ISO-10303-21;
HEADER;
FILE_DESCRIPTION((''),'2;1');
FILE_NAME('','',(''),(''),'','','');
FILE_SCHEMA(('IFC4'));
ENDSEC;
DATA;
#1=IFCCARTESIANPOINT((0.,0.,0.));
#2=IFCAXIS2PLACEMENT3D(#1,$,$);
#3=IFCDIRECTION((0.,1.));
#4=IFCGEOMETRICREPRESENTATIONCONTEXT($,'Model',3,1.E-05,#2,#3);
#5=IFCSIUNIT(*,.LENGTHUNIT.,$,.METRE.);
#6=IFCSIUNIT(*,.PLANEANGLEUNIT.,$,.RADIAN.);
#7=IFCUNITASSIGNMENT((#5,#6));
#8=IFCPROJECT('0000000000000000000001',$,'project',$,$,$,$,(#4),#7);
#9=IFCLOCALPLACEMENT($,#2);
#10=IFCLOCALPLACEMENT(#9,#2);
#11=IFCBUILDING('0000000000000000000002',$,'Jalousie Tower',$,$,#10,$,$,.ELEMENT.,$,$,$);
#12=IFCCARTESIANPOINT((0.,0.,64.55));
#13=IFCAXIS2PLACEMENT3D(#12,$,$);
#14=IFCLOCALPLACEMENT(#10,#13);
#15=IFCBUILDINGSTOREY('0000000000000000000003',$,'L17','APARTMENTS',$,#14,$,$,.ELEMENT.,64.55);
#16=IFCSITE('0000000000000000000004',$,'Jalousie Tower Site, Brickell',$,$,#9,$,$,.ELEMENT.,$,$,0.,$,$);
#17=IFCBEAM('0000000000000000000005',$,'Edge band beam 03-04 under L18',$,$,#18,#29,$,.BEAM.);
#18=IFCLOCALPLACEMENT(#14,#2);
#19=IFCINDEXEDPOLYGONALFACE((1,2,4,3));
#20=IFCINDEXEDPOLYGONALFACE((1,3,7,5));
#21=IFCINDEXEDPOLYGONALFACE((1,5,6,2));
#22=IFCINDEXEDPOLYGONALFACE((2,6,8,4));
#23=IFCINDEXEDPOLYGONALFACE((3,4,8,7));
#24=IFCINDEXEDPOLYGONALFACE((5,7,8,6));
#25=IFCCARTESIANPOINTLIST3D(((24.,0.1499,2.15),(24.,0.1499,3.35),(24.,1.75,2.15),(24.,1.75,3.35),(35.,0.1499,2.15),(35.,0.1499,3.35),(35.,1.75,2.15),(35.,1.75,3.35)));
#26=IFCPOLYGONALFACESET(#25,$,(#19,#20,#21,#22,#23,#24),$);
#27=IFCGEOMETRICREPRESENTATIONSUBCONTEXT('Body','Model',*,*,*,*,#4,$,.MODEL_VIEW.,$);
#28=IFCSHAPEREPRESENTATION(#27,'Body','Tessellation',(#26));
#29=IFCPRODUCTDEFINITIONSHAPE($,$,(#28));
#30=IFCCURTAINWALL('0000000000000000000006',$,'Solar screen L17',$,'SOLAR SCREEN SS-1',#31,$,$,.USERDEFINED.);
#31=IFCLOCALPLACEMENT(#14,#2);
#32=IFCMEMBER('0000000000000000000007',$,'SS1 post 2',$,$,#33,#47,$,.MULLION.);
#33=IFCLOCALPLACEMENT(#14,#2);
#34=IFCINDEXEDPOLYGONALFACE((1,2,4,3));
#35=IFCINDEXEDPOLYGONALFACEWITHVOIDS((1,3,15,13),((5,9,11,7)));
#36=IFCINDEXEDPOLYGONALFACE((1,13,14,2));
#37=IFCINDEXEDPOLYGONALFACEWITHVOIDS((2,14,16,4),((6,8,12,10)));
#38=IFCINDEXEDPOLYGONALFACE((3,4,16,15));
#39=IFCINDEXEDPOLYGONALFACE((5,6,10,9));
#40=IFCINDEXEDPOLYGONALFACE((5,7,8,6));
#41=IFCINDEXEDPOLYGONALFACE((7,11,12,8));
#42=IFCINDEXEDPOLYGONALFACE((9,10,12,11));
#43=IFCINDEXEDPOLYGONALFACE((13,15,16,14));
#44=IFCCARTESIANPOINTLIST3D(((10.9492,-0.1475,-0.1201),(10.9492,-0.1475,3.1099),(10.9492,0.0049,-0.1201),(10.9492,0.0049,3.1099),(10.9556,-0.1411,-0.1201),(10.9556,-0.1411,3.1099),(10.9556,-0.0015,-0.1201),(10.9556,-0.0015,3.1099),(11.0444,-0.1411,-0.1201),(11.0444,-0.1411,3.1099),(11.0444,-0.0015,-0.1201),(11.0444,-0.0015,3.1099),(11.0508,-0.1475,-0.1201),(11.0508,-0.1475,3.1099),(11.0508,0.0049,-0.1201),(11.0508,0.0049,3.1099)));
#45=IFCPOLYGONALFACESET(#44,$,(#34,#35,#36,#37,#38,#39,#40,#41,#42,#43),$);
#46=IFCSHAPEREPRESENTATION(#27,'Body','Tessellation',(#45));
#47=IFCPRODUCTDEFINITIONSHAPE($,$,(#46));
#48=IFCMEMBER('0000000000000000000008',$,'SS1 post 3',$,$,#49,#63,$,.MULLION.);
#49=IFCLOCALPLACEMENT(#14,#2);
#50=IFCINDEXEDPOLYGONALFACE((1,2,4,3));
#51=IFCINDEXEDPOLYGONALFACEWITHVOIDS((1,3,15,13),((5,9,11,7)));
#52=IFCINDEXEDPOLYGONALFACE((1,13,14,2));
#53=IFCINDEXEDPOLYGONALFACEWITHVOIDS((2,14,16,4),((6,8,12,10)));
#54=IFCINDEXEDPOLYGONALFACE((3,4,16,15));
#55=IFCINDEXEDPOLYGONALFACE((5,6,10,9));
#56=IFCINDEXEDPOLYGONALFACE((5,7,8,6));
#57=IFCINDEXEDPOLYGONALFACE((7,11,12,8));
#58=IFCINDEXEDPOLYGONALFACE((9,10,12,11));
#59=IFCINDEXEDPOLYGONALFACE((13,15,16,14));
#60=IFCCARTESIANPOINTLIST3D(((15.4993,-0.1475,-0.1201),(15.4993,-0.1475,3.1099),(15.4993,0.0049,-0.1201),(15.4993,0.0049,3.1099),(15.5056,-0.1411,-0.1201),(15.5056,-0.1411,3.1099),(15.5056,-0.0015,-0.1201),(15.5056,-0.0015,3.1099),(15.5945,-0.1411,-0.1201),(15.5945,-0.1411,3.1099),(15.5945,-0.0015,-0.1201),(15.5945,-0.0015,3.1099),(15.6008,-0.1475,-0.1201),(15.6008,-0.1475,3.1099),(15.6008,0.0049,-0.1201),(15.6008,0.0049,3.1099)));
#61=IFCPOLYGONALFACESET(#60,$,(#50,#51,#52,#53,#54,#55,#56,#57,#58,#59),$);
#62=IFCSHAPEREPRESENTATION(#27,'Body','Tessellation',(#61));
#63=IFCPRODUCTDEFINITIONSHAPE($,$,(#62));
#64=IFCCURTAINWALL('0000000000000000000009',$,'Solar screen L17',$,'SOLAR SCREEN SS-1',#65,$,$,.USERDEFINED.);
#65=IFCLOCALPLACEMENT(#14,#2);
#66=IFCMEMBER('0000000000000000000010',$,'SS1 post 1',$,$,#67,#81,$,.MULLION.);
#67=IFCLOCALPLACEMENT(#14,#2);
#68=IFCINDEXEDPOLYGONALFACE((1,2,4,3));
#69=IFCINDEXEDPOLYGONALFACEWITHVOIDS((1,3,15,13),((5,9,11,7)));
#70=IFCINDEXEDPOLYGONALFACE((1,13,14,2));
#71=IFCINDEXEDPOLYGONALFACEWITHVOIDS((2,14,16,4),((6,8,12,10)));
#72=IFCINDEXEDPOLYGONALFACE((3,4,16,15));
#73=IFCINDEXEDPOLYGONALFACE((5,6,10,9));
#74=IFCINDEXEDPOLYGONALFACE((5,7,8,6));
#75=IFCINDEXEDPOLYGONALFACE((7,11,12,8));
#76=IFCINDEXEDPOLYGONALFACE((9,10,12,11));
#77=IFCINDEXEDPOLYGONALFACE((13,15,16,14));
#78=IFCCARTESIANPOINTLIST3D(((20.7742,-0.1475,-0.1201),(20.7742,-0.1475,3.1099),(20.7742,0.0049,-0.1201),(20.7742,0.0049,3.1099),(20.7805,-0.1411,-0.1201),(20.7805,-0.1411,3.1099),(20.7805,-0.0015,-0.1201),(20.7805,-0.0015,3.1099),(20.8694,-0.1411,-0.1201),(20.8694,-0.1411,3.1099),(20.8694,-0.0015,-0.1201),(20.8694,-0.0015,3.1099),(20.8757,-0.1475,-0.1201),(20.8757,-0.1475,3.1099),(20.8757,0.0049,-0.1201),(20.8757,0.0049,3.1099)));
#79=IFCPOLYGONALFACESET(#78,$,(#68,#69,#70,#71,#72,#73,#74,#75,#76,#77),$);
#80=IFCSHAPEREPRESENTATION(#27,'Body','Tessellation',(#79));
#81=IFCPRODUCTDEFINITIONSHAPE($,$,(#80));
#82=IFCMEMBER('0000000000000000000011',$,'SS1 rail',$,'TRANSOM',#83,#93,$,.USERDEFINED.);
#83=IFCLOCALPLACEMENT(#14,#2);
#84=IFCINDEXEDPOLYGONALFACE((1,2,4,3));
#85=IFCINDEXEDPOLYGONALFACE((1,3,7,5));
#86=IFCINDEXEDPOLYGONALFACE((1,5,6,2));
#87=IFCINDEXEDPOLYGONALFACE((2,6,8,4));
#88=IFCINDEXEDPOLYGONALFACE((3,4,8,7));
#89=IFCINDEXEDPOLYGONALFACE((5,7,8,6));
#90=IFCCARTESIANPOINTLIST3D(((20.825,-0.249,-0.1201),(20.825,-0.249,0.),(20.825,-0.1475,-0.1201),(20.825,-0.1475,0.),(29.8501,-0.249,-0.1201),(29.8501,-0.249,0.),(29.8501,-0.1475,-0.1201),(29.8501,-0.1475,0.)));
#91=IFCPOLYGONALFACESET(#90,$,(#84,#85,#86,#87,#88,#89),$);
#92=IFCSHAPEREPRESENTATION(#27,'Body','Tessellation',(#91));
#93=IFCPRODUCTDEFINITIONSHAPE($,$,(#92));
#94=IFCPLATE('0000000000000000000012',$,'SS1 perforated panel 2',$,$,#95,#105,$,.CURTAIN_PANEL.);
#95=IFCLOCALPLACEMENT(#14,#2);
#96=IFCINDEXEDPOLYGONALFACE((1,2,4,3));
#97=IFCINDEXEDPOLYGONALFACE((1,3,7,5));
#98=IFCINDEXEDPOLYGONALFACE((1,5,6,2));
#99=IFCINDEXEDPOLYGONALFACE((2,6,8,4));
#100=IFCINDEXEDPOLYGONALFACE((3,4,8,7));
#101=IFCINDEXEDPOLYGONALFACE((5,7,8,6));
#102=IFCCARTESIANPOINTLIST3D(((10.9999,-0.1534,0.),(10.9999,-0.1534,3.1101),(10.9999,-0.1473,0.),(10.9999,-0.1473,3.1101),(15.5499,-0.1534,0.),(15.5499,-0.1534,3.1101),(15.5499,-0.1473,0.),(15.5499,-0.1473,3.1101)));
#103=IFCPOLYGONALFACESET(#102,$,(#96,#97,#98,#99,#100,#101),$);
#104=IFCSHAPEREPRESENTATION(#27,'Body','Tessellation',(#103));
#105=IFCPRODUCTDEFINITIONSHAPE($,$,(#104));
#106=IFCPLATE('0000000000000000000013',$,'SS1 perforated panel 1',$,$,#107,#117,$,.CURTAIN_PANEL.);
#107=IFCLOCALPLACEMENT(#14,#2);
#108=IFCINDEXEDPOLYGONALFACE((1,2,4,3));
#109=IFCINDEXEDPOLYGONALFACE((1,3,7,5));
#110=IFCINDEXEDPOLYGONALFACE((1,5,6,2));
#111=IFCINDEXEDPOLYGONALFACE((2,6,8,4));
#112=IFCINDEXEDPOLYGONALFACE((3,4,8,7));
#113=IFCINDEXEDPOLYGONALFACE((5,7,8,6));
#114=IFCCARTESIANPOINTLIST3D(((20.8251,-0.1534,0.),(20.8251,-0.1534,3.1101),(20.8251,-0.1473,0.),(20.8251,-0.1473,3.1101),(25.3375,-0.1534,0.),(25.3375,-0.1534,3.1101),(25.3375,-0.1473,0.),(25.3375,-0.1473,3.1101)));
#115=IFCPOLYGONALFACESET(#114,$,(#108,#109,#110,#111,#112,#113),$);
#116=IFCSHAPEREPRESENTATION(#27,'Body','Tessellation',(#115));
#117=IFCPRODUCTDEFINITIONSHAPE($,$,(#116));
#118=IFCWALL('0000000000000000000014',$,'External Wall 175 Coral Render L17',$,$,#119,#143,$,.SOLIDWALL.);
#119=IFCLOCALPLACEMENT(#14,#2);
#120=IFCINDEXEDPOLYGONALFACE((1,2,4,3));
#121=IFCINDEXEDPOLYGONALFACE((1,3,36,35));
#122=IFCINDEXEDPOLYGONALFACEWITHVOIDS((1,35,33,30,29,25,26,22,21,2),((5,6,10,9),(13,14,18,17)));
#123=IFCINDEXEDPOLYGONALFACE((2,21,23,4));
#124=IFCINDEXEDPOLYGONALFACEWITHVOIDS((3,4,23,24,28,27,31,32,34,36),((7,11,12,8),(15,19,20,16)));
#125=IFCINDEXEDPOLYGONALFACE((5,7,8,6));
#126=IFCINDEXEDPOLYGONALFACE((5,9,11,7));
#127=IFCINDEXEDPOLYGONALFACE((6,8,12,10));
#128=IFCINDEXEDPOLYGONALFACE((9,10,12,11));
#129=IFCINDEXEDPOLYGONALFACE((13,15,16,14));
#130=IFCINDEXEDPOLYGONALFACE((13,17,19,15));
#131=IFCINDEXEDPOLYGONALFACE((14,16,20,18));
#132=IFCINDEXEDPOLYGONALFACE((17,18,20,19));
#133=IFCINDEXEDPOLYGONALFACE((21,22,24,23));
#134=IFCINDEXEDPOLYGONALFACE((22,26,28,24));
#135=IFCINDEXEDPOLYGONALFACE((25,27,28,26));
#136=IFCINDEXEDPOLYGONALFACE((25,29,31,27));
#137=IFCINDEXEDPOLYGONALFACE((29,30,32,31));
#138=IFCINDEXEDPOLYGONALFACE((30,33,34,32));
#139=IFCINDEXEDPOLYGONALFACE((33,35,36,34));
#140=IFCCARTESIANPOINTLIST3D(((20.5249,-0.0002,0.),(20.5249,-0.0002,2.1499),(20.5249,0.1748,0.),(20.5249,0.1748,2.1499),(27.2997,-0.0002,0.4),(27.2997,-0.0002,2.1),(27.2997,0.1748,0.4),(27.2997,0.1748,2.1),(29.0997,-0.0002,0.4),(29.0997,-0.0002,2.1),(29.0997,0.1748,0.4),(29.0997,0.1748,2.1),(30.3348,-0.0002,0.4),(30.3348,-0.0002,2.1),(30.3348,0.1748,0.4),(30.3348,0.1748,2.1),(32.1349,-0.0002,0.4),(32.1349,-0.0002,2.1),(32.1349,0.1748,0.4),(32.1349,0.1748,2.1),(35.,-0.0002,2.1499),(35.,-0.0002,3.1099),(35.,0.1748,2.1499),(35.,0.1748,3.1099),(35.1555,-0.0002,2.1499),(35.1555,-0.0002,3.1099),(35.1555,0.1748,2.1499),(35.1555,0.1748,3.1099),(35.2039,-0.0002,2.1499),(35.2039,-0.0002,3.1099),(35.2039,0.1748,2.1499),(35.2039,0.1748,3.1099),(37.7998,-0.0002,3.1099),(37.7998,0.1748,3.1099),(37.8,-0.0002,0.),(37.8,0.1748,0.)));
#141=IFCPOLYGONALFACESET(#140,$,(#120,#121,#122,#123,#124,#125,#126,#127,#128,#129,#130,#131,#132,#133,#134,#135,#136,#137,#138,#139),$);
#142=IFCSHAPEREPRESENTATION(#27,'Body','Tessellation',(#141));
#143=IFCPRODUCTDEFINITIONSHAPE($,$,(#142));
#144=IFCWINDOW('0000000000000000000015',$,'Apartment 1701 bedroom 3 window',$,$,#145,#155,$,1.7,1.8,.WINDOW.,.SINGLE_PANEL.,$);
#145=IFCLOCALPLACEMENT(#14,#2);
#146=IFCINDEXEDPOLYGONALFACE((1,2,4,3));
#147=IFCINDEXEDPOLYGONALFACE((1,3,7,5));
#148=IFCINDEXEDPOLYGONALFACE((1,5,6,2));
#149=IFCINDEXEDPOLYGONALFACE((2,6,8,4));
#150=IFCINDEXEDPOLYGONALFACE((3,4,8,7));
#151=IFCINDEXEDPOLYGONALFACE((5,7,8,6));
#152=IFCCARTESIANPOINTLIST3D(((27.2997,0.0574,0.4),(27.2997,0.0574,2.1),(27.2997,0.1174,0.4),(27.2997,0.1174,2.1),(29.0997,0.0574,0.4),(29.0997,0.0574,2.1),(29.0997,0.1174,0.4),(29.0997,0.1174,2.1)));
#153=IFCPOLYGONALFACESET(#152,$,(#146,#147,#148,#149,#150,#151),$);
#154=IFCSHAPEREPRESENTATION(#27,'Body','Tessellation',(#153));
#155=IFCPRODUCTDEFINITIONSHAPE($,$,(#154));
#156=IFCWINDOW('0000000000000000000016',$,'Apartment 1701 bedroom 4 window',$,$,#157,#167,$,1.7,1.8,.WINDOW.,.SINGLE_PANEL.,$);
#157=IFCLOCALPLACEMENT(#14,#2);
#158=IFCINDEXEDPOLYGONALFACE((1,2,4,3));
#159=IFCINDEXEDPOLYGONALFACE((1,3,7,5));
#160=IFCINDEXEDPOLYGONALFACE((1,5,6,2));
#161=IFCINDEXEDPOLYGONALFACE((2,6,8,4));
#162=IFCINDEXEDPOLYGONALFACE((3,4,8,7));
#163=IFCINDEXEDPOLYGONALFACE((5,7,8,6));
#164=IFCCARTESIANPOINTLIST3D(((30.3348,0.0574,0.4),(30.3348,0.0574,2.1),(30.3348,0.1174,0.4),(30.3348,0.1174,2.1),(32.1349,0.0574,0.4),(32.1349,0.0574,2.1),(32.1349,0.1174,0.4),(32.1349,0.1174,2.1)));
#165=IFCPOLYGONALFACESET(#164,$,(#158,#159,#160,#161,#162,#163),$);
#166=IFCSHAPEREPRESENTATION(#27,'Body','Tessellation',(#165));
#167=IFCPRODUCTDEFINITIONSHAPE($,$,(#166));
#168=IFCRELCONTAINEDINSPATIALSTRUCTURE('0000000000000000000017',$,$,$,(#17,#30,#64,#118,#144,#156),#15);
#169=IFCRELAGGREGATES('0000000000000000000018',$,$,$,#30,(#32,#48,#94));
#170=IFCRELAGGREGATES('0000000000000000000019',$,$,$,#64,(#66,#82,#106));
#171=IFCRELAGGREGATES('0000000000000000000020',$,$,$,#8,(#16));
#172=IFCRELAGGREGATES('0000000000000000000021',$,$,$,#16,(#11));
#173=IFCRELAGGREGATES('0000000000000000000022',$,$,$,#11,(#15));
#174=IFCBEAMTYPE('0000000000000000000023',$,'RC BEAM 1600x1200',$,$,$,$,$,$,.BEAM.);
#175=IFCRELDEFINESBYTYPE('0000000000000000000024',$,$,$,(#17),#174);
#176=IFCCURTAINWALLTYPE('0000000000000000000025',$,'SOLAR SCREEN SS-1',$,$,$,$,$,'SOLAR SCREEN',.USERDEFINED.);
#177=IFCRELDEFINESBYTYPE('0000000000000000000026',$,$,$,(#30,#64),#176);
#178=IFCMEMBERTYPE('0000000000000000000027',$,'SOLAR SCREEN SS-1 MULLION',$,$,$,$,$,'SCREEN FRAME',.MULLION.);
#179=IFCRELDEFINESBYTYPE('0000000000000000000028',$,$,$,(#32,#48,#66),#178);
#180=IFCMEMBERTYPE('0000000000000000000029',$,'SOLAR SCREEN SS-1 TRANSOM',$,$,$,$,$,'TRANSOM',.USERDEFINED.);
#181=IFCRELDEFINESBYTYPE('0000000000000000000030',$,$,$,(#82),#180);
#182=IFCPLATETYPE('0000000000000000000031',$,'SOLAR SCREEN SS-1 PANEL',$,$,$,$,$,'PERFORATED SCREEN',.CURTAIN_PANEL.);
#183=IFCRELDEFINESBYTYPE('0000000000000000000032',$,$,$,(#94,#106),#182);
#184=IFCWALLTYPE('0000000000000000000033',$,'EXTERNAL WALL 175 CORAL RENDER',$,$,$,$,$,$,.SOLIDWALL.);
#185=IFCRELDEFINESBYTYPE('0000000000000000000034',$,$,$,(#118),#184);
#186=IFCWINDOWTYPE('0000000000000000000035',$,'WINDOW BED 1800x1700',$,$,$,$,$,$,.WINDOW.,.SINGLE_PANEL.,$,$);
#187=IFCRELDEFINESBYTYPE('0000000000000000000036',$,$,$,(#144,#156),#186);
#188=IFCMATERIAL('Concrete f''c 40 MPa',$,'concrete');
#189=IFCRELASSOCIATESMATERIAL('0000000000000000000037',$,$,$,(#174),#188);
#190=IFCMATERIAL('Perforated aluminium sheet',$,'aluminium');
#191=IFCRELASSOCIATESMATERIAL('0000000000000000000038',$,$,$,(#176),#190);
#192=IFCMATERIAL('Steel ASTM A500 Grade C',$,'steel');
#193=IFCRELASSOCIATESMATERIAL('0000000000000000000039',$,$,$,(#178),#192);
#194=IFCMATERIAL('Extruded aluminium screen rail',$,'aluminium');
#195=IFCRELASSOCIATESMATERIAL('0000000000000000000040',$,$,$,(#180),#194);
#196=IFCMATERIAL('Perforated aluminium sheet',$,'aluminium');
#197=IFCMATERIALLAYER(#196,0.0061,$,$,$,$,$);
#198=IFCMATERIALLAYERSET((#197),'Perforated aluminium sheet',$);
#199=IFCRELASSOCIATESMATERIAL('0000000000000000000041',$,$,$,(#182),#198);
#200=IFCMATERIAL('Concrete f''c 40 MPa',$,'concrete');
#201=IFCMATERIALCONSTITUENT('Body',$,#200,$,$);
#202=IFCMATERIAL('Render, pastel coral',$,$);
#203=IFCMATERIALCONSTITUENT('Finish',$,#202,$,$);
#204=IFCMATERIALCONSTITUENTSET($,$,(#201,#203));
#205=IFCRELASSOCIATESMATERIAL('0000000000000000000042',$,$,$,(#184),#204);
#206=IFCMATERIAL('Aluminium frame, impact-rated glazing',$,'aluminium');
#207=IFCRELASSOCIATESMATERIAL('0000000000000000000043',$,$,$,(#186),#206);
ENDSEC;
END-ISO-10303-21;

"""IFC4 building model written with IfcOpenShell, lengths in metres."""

from ifc_helpers import new_model, si_unit, direction, frame, frame_2d, origin, origin_2d, place, context, subcontext, project, spatial, polyline, rectangle, hollow_rectangle, outline, extrude, material, layer, layer_set, constituent, constituent_set, material_profile, profile_set, type_object, element, fill, aggregate, save


model = new_model("IFC4")

# Units and contexts
model_context = context("Model", 3, precision=1e-05, world=origin(), true_north=direction((0.0, 1.0)))
body_context = subcontext(model_context, "Body", "Model", "MODEL_VIEW")
ifc_project = project(units=[si_unit("LENGTHUNIT", "METRE"), si_unit("PLANEANGLEUNIT", "RADIAN")], contexts=[model_context])

# Site, building, storey
site_placement = place(None, origin())
site = spatial("IfcSite", under=ifc_project, at=site_placement, Name="Jalousie Tower Site, Brickell", CompositionType="ELEMENT", RefElevation=0.0)
building_placement = place(site_placement, origin())
building = spatial("IfcBuilding", under=site, at=building_placement, Name="Jalousie Tower", CompositionType="ELEMENT")
storey_placement = place(building_placement, frame((0.0, 0.0, 64.55)))
storey = spatial("IfcBuildingStorey", under=building, at=storey_placement, Name="L17", Description="APARTMENTS", CompositionType="ELEMENT", Elevation=64.55)

# Beam
ifc_material_1 = material(Name="Concrete f'c 40 MPa", Category="concrete")
ifc_material_profile_1 = material_profile(ifc_material_1, rectangle(XDim=1.6001, YDim=1.2, at=origin_2d()), Name="RC 1600x1200")
ifc_profile_set_1 = profile_set([ifc_material_profile_1], Name="Concrete f'c 40 MPa")
beam_type_1 = type_object("IfcBeamType", Name="RC BEAM 1600x1200", PredefinedType="BEAM", material=ifc_profile_set_1)
for number, where, z_axis, x_axis, name in (
    (1, (24.0, 0.95, 2.75), (1.0, 0.0, 0.0), (0.0, 1.0, 0.0), "Edge band beam 03-04 under L18"),
):
    element("IfcBeam", number, at=place(storey_placement, frame(where, z_axis=z_axis, x_axis=x_axis)), inside=storey, type_object=beam_type_1, Name=name, PredefinedType="BEAM", context=body_context, shape_type="SweptSolid", body=[
        extrude(rectangle(XDim=1.6001, YDim=1.2, at=origin_2d()), origin(), (0.0, 0.0, 1.0), 11.0),
    ])

# Curtain walls, members
ifc_material_2 = material(Name="Perforated aluminium sheet", Category="aluminium")
curtain_wall_type = type_object("IfcCurtainWallType", Name="SOLAR SCREEN SS-1", ElementType="SOLAR SCREEN", PredefinedType="USERDEFINED", material=ifc_material_2)
curtain_wall_1_placement = place(storey_placement, origin())
curtain_wall_1 = element("IfcCurtainWall", 2, at=curtain_wall_1_placement, inside=storey, type_object=curtain_wall_type, Name="Solar screen L17", ObjectType="SOLAR SCREEN SS-1", PredefinedType="USERDEFINED")
ifc_material_3 = material(Name="Steel ASTM A500 Grade C", Category="steel")
ifc_material_profile_2 = material_profile(ifc_material_3, hollow_rectangle(XDim=0.1016, YDim=0.1523, WallThickness=0.0063, at=origin_2d()), Name="HSS6X4X1/4")
ifc_profile_set_2 = profile_set([ifc_material_profile_2], Name="Steel ASTM A500 Grade C")
member_type_1 = type_object("IfcMemberType", Name="SOLAR SCREEN SS-1 MULLION", ElementType="SCREEN FRAME", PredefinedType="MULLION", material=ifc_profile_set_2)
member_1_placement = place(storey_placement, frame((11.0, -0.0713, -0.1201), z_axis=(0.0, 0.0, 1.0), x_axis=(1.0, 0.0, 0.0)))
member_1 = element("IfcMember", 3, at=member_1_placement, type_object=member_type_1, Name="SS1 post 2", PredefinedType="MULLION", context=body_context, shape_type="SweptSolid", body=[
    extrude(hollow_rectangle(XDim=0.1016, YDim=0.1523, WallThickness=0.0063, at=origin_2d()), origin(), (0.0, 0.0, 1.0), 3.23),
])
member_2_placement = place(storey_placement, frame((15.55, -0.0713, -0.1201), z_axis=(0.0, 0.0, 1.0), x_axis=(1.0, 0.0, 0.0)))
member_2 = element("IfcMember", 4, at=member_2_placement, type_object=member_type_1, Name="SS1 post 3", PredefinedType="MULLION", context=body_context, shape_type="SweptSolid", body=[
    extrude(hollow_rectangle(XDim=0.1016, YDim=0.1523, WallThickness=0.0063, at=origin_2d()), origin(), (0.0, 0.0, 1.0), 3.23),
])
curtain_wall_2_placement = place(storey_placement, origin())
curtain_wall_2 = element("IfcCurtainWall", 5, at=curtain_wall_2_placement, inside=storey, type_object=curtain_wall_type, Name="Solar screen L17", ObjectType="SOLAR SCREEN SS-1", PredefinedType="USERDEFINED")
member_3_placement = place(storey_placement, frame((20.825, -0.0713, -0.1201), z_axis=(0.0, 0.0, 1.0), x_axis=(1.0, 0.0, 0.0)))
member_3 = element("IfcMember", 6, at=member_3_placement, type_object=member_type_1, Name="SS1 post 1", PredefinedType="MULLION", context=body_context, shape_type="SweptSolid", body=[
    extrude(hollow_rectangle(XDim=0.1016, YDim=0.1523, WallThickness=0.0063, at=origin_2d()), origin(), (0.0, 0.0, 1.0), 3.23),
])
ifc_material_4 = material(Name="Extruded aluminium screen rail", Category="aluminium")
ifc_material_profile_3 = material_profile(ifc_material_4, rectangle(XDim=0.1016, YDim=0.1201, at=origin_2d()), Name="RAIL 102x120")
ifc_profile_set_3 = profile_set([ifc_material_profile_3], Name="Extruded aluminium screen rail")
member_type_2 = type_object("IfcMemberType", Name="SOLAR SCREEN SS-1 TRANSOM", ElementType="TRANSOM", PredefinedType="USERDEFINED", material=ifc_profile_set_3)
member_4_placement = place(storey_placement, frame((20.825, -0.1982, -0.0601), z_axis=(1.0, 0.0, 0.0), x_axis=(0.0, 1.0, 0.0)))
member_4 = element("IfcMember", 7, at=member_4_placement, type_object=member_type_2, Name="SS1 rail", ObjectType="TRANSOM", PredefinedType="USERDEFINED", context=body_context, shape_type="SweptSolid", body=[
    extrude(rectangle(XDim=0.1016, YDim=0.1201, at=origin_2d()), origin(), (0.0, 0.0, 1.0), 9.0251),
])

# Plates
ifc_material_5 = material(Name="Perforated aluminium sheet", Category="aluminium")
ifc_layer_1 = layer(ifc_material_5, 0.0061)
ifc_layer_set_1 = layer_set([ifc_layer_1], Name="Perforated aluminium sheet")
plate_type = type_object("IfcPlateType", Name="SOLAR SCREEN SS-1 PANEL", ElementType="PERFORATED SCREEN", PredefinedType="CURTAIN_PANEL", material=ifc_layer_set_1)
plate_1_placement = place(storey_placement, frame((13.2749, -0.1504, 0.0), z_axis=(0.0, 0.0, 1.0), x_axis=(1.0, 0.0, 0.0)))
plate_1 = element("IfcPlate", 8, at=plate_1_placement, type_object=plate_type, Name="SS1 perforated panel 2", PredefinedType="CURTAIN_PANEL", context=body_context, shape_type="SweptSolid", body=[
    extrude(rectangle(XDim=4.55, YDim=0.0061, at=origin_2d()), origin(), (0.0, 0.0, 1.0), 3.1101),
])
aggregate(curtain_wall_1, [member_1, member_2, plate_1])
plate_2_placement = place(storey_placement, frame((23.0813, -0.1504, 0.0), z_axis=(0.0, 0.0, 1.0), x_axis=(1.0, 0.0, 0.0)))
plate_2 = element("IfcPlate", 9, at=plate_2_placement, type_object=plate_type, Name="SS1 perforated panel 1", PredefinedType="CURTAIN_PANEL", context=body_context, shape_type="SweptSolid", body=[
    extrude(rectangle(XDim=4.5125, YDim=0.0061, at=origin_2d()), origin(), (0.0, 0.0, 1.0), 3.1101),
])
aggregate(curtain_wall_2, [member_3, member_4, plate_2])

# Wall, openings, windows
ifc_material_6 = material(Name="Concrete f'c 40 MPa", Category="concrete")
ifc_constituent_1 = constituent(ifc_material_6, Name="Body")
ifc_material_7 = material(Name="Render, pastel coral")
ifc_constituent_2 = constituent(ifc_material_7, Name="Finish")
ifc_constituent_set_1 = constituent_set(constituents=[ifc_constituent_1, ifc_constituent_2])
wall_type_1 = type_object("IfcWallType", Name="EXTERNAL WALL 175 CORAL RENDER", PredefinedType="SOLIDWALL", material=ifc_constituent_set_1)
wall_1_placement = place(storey_placement, frame((20.5249, 0.0874, 0.0), z_axis=(0.0, 0.0, 1.0), x_axis=(1.0, 0.0, 0.0)))
wall_1 = element("IfcWall", 10, at=wall_1_placement, inside=storey, type_object=wall_type_1, Name="External Wall 175 Coral Render L17", PredefinedType="SOLIDWALL", context=body_context, shape_type="SweptSolid", body=[
    extrude(outline(polyline([(0.0, 0.0), (17.2751, 0.0), (17.2749, 3.1099), (14.679, 3.1099), (14.679, 2.1499), (14.6306, 2.1499), (14.6306, 3.1099), (14.4751, 3.1099), (14.4751, 2.1499), (0.0, 2.1499), (0.0, 0.0)])), frame((0.0, 0.0874, 0.0), z_axis=(0.0, -1.0, 0.0), x_axis=(1.0, 0.0, 0.0)), (0.0, 0.0, 1.0), 0.175),
])
opening_1_placement = place(wall_1_placement, frame((6.7749, 0.0, 0.3999)))
opening_1 = element("IfcOpeningElement", 11, at=opening_1_placement, cuts=wall_1, PredefinedType="OPENING", context=body_context, shape_type="SweptSolid", body=[
    extrude(rectangle(XDim=1.8, YDim=1.7, at=frame_2d((0.8999, 0.8501))), frame((0.0, 0.0974, 0.0), z_axis=(0.0, -1.0, 0.0), x_axis=(1.0, 0.0, 0.0)), (0.0, 0.0, 1.0), 0.1951),
])
opening_2_placement = place(wall_1_placement, frame((9.8101, 0.0, 0.3999)))
opening_2 = element("IfcOpeningElement", 12, at=opening_2_placement, cuts=wall_1, PredefinedType="OPENING", context=body_context, shape_type="SweptSolid", body=[
    extrude(rectangle(XDim=1.8, YDim=1.7, at=frame_2d((0.8999, 0.8501))), frame((0.0, 0.0974, 0.0), z_axis=(0.0, -1.0, 0.0), x_axis=(1.0, 0.0, 0.0)), (0.0, 0.0, 1.0), 0.1951),
])
ifc_material_8 = material(Name="Aluminium frame, impact-rated glazing", Category="aluminium")
window_type = type_object("IfcWindowType", Name="WINDOW BED 1800x1700", PartitioningType="SINGLE_PANEL", PredefinedType="WINDOW", material=ifc_material_8)
window_1_placement = place(opening_1_placement, origin())
window_1 = element("IfcWindow", 13, at=window_1_placement, inside=storey, type_object=window_type, Name="Apartment 1701 bedroom 3 window", OverallHeight=1.7, OverallWidth=1.8, PartitioningType="SINGLE_PANEL", PredefinedType="WINDOW", context=body_context, shape_type="SweptSolid", body=[
    extrude(rectangle(XDim=1.8, YDim=1.7, at=frame_2d((0.8999, 0.8501))), frame((0.0, 0.03, 0.0), z_axis=(0.0, -1.0, 0.0), x_axis=(1.0, 0.0, 0.0)), (0.0, 0.0, 1.0), 0.0601),
])
fill(opening_1, window_1)
window_2_placement = place(opening_2_placement, origin())
window_2 = element("IfcWindow", 14, at=window_2_placement, inside=storey, type_object=window_type, Name="Apartment 1701 bedroom 4 window", OverallHeight=1.7, OverallWidth=1.8, PartitioningType="SINGLE_PANEL", PredefinedType="WINDOW", context=body_context, shape_type="SweptSolid", body=[
    extrude(rectangle(XDim=1.8, YDim=1.7, at=frame_2d((0.8999, 0.8501))), frame((0.0, 0.03, 0.0), z_axis=(0.0, -1.0, 0.0), x_axis=(1.0, 0.0, 0.0)), (0.0, 0.0, 1.0), 0.0601),
])
fill(opening_2, window_2)

save(model, "model.ifc")
